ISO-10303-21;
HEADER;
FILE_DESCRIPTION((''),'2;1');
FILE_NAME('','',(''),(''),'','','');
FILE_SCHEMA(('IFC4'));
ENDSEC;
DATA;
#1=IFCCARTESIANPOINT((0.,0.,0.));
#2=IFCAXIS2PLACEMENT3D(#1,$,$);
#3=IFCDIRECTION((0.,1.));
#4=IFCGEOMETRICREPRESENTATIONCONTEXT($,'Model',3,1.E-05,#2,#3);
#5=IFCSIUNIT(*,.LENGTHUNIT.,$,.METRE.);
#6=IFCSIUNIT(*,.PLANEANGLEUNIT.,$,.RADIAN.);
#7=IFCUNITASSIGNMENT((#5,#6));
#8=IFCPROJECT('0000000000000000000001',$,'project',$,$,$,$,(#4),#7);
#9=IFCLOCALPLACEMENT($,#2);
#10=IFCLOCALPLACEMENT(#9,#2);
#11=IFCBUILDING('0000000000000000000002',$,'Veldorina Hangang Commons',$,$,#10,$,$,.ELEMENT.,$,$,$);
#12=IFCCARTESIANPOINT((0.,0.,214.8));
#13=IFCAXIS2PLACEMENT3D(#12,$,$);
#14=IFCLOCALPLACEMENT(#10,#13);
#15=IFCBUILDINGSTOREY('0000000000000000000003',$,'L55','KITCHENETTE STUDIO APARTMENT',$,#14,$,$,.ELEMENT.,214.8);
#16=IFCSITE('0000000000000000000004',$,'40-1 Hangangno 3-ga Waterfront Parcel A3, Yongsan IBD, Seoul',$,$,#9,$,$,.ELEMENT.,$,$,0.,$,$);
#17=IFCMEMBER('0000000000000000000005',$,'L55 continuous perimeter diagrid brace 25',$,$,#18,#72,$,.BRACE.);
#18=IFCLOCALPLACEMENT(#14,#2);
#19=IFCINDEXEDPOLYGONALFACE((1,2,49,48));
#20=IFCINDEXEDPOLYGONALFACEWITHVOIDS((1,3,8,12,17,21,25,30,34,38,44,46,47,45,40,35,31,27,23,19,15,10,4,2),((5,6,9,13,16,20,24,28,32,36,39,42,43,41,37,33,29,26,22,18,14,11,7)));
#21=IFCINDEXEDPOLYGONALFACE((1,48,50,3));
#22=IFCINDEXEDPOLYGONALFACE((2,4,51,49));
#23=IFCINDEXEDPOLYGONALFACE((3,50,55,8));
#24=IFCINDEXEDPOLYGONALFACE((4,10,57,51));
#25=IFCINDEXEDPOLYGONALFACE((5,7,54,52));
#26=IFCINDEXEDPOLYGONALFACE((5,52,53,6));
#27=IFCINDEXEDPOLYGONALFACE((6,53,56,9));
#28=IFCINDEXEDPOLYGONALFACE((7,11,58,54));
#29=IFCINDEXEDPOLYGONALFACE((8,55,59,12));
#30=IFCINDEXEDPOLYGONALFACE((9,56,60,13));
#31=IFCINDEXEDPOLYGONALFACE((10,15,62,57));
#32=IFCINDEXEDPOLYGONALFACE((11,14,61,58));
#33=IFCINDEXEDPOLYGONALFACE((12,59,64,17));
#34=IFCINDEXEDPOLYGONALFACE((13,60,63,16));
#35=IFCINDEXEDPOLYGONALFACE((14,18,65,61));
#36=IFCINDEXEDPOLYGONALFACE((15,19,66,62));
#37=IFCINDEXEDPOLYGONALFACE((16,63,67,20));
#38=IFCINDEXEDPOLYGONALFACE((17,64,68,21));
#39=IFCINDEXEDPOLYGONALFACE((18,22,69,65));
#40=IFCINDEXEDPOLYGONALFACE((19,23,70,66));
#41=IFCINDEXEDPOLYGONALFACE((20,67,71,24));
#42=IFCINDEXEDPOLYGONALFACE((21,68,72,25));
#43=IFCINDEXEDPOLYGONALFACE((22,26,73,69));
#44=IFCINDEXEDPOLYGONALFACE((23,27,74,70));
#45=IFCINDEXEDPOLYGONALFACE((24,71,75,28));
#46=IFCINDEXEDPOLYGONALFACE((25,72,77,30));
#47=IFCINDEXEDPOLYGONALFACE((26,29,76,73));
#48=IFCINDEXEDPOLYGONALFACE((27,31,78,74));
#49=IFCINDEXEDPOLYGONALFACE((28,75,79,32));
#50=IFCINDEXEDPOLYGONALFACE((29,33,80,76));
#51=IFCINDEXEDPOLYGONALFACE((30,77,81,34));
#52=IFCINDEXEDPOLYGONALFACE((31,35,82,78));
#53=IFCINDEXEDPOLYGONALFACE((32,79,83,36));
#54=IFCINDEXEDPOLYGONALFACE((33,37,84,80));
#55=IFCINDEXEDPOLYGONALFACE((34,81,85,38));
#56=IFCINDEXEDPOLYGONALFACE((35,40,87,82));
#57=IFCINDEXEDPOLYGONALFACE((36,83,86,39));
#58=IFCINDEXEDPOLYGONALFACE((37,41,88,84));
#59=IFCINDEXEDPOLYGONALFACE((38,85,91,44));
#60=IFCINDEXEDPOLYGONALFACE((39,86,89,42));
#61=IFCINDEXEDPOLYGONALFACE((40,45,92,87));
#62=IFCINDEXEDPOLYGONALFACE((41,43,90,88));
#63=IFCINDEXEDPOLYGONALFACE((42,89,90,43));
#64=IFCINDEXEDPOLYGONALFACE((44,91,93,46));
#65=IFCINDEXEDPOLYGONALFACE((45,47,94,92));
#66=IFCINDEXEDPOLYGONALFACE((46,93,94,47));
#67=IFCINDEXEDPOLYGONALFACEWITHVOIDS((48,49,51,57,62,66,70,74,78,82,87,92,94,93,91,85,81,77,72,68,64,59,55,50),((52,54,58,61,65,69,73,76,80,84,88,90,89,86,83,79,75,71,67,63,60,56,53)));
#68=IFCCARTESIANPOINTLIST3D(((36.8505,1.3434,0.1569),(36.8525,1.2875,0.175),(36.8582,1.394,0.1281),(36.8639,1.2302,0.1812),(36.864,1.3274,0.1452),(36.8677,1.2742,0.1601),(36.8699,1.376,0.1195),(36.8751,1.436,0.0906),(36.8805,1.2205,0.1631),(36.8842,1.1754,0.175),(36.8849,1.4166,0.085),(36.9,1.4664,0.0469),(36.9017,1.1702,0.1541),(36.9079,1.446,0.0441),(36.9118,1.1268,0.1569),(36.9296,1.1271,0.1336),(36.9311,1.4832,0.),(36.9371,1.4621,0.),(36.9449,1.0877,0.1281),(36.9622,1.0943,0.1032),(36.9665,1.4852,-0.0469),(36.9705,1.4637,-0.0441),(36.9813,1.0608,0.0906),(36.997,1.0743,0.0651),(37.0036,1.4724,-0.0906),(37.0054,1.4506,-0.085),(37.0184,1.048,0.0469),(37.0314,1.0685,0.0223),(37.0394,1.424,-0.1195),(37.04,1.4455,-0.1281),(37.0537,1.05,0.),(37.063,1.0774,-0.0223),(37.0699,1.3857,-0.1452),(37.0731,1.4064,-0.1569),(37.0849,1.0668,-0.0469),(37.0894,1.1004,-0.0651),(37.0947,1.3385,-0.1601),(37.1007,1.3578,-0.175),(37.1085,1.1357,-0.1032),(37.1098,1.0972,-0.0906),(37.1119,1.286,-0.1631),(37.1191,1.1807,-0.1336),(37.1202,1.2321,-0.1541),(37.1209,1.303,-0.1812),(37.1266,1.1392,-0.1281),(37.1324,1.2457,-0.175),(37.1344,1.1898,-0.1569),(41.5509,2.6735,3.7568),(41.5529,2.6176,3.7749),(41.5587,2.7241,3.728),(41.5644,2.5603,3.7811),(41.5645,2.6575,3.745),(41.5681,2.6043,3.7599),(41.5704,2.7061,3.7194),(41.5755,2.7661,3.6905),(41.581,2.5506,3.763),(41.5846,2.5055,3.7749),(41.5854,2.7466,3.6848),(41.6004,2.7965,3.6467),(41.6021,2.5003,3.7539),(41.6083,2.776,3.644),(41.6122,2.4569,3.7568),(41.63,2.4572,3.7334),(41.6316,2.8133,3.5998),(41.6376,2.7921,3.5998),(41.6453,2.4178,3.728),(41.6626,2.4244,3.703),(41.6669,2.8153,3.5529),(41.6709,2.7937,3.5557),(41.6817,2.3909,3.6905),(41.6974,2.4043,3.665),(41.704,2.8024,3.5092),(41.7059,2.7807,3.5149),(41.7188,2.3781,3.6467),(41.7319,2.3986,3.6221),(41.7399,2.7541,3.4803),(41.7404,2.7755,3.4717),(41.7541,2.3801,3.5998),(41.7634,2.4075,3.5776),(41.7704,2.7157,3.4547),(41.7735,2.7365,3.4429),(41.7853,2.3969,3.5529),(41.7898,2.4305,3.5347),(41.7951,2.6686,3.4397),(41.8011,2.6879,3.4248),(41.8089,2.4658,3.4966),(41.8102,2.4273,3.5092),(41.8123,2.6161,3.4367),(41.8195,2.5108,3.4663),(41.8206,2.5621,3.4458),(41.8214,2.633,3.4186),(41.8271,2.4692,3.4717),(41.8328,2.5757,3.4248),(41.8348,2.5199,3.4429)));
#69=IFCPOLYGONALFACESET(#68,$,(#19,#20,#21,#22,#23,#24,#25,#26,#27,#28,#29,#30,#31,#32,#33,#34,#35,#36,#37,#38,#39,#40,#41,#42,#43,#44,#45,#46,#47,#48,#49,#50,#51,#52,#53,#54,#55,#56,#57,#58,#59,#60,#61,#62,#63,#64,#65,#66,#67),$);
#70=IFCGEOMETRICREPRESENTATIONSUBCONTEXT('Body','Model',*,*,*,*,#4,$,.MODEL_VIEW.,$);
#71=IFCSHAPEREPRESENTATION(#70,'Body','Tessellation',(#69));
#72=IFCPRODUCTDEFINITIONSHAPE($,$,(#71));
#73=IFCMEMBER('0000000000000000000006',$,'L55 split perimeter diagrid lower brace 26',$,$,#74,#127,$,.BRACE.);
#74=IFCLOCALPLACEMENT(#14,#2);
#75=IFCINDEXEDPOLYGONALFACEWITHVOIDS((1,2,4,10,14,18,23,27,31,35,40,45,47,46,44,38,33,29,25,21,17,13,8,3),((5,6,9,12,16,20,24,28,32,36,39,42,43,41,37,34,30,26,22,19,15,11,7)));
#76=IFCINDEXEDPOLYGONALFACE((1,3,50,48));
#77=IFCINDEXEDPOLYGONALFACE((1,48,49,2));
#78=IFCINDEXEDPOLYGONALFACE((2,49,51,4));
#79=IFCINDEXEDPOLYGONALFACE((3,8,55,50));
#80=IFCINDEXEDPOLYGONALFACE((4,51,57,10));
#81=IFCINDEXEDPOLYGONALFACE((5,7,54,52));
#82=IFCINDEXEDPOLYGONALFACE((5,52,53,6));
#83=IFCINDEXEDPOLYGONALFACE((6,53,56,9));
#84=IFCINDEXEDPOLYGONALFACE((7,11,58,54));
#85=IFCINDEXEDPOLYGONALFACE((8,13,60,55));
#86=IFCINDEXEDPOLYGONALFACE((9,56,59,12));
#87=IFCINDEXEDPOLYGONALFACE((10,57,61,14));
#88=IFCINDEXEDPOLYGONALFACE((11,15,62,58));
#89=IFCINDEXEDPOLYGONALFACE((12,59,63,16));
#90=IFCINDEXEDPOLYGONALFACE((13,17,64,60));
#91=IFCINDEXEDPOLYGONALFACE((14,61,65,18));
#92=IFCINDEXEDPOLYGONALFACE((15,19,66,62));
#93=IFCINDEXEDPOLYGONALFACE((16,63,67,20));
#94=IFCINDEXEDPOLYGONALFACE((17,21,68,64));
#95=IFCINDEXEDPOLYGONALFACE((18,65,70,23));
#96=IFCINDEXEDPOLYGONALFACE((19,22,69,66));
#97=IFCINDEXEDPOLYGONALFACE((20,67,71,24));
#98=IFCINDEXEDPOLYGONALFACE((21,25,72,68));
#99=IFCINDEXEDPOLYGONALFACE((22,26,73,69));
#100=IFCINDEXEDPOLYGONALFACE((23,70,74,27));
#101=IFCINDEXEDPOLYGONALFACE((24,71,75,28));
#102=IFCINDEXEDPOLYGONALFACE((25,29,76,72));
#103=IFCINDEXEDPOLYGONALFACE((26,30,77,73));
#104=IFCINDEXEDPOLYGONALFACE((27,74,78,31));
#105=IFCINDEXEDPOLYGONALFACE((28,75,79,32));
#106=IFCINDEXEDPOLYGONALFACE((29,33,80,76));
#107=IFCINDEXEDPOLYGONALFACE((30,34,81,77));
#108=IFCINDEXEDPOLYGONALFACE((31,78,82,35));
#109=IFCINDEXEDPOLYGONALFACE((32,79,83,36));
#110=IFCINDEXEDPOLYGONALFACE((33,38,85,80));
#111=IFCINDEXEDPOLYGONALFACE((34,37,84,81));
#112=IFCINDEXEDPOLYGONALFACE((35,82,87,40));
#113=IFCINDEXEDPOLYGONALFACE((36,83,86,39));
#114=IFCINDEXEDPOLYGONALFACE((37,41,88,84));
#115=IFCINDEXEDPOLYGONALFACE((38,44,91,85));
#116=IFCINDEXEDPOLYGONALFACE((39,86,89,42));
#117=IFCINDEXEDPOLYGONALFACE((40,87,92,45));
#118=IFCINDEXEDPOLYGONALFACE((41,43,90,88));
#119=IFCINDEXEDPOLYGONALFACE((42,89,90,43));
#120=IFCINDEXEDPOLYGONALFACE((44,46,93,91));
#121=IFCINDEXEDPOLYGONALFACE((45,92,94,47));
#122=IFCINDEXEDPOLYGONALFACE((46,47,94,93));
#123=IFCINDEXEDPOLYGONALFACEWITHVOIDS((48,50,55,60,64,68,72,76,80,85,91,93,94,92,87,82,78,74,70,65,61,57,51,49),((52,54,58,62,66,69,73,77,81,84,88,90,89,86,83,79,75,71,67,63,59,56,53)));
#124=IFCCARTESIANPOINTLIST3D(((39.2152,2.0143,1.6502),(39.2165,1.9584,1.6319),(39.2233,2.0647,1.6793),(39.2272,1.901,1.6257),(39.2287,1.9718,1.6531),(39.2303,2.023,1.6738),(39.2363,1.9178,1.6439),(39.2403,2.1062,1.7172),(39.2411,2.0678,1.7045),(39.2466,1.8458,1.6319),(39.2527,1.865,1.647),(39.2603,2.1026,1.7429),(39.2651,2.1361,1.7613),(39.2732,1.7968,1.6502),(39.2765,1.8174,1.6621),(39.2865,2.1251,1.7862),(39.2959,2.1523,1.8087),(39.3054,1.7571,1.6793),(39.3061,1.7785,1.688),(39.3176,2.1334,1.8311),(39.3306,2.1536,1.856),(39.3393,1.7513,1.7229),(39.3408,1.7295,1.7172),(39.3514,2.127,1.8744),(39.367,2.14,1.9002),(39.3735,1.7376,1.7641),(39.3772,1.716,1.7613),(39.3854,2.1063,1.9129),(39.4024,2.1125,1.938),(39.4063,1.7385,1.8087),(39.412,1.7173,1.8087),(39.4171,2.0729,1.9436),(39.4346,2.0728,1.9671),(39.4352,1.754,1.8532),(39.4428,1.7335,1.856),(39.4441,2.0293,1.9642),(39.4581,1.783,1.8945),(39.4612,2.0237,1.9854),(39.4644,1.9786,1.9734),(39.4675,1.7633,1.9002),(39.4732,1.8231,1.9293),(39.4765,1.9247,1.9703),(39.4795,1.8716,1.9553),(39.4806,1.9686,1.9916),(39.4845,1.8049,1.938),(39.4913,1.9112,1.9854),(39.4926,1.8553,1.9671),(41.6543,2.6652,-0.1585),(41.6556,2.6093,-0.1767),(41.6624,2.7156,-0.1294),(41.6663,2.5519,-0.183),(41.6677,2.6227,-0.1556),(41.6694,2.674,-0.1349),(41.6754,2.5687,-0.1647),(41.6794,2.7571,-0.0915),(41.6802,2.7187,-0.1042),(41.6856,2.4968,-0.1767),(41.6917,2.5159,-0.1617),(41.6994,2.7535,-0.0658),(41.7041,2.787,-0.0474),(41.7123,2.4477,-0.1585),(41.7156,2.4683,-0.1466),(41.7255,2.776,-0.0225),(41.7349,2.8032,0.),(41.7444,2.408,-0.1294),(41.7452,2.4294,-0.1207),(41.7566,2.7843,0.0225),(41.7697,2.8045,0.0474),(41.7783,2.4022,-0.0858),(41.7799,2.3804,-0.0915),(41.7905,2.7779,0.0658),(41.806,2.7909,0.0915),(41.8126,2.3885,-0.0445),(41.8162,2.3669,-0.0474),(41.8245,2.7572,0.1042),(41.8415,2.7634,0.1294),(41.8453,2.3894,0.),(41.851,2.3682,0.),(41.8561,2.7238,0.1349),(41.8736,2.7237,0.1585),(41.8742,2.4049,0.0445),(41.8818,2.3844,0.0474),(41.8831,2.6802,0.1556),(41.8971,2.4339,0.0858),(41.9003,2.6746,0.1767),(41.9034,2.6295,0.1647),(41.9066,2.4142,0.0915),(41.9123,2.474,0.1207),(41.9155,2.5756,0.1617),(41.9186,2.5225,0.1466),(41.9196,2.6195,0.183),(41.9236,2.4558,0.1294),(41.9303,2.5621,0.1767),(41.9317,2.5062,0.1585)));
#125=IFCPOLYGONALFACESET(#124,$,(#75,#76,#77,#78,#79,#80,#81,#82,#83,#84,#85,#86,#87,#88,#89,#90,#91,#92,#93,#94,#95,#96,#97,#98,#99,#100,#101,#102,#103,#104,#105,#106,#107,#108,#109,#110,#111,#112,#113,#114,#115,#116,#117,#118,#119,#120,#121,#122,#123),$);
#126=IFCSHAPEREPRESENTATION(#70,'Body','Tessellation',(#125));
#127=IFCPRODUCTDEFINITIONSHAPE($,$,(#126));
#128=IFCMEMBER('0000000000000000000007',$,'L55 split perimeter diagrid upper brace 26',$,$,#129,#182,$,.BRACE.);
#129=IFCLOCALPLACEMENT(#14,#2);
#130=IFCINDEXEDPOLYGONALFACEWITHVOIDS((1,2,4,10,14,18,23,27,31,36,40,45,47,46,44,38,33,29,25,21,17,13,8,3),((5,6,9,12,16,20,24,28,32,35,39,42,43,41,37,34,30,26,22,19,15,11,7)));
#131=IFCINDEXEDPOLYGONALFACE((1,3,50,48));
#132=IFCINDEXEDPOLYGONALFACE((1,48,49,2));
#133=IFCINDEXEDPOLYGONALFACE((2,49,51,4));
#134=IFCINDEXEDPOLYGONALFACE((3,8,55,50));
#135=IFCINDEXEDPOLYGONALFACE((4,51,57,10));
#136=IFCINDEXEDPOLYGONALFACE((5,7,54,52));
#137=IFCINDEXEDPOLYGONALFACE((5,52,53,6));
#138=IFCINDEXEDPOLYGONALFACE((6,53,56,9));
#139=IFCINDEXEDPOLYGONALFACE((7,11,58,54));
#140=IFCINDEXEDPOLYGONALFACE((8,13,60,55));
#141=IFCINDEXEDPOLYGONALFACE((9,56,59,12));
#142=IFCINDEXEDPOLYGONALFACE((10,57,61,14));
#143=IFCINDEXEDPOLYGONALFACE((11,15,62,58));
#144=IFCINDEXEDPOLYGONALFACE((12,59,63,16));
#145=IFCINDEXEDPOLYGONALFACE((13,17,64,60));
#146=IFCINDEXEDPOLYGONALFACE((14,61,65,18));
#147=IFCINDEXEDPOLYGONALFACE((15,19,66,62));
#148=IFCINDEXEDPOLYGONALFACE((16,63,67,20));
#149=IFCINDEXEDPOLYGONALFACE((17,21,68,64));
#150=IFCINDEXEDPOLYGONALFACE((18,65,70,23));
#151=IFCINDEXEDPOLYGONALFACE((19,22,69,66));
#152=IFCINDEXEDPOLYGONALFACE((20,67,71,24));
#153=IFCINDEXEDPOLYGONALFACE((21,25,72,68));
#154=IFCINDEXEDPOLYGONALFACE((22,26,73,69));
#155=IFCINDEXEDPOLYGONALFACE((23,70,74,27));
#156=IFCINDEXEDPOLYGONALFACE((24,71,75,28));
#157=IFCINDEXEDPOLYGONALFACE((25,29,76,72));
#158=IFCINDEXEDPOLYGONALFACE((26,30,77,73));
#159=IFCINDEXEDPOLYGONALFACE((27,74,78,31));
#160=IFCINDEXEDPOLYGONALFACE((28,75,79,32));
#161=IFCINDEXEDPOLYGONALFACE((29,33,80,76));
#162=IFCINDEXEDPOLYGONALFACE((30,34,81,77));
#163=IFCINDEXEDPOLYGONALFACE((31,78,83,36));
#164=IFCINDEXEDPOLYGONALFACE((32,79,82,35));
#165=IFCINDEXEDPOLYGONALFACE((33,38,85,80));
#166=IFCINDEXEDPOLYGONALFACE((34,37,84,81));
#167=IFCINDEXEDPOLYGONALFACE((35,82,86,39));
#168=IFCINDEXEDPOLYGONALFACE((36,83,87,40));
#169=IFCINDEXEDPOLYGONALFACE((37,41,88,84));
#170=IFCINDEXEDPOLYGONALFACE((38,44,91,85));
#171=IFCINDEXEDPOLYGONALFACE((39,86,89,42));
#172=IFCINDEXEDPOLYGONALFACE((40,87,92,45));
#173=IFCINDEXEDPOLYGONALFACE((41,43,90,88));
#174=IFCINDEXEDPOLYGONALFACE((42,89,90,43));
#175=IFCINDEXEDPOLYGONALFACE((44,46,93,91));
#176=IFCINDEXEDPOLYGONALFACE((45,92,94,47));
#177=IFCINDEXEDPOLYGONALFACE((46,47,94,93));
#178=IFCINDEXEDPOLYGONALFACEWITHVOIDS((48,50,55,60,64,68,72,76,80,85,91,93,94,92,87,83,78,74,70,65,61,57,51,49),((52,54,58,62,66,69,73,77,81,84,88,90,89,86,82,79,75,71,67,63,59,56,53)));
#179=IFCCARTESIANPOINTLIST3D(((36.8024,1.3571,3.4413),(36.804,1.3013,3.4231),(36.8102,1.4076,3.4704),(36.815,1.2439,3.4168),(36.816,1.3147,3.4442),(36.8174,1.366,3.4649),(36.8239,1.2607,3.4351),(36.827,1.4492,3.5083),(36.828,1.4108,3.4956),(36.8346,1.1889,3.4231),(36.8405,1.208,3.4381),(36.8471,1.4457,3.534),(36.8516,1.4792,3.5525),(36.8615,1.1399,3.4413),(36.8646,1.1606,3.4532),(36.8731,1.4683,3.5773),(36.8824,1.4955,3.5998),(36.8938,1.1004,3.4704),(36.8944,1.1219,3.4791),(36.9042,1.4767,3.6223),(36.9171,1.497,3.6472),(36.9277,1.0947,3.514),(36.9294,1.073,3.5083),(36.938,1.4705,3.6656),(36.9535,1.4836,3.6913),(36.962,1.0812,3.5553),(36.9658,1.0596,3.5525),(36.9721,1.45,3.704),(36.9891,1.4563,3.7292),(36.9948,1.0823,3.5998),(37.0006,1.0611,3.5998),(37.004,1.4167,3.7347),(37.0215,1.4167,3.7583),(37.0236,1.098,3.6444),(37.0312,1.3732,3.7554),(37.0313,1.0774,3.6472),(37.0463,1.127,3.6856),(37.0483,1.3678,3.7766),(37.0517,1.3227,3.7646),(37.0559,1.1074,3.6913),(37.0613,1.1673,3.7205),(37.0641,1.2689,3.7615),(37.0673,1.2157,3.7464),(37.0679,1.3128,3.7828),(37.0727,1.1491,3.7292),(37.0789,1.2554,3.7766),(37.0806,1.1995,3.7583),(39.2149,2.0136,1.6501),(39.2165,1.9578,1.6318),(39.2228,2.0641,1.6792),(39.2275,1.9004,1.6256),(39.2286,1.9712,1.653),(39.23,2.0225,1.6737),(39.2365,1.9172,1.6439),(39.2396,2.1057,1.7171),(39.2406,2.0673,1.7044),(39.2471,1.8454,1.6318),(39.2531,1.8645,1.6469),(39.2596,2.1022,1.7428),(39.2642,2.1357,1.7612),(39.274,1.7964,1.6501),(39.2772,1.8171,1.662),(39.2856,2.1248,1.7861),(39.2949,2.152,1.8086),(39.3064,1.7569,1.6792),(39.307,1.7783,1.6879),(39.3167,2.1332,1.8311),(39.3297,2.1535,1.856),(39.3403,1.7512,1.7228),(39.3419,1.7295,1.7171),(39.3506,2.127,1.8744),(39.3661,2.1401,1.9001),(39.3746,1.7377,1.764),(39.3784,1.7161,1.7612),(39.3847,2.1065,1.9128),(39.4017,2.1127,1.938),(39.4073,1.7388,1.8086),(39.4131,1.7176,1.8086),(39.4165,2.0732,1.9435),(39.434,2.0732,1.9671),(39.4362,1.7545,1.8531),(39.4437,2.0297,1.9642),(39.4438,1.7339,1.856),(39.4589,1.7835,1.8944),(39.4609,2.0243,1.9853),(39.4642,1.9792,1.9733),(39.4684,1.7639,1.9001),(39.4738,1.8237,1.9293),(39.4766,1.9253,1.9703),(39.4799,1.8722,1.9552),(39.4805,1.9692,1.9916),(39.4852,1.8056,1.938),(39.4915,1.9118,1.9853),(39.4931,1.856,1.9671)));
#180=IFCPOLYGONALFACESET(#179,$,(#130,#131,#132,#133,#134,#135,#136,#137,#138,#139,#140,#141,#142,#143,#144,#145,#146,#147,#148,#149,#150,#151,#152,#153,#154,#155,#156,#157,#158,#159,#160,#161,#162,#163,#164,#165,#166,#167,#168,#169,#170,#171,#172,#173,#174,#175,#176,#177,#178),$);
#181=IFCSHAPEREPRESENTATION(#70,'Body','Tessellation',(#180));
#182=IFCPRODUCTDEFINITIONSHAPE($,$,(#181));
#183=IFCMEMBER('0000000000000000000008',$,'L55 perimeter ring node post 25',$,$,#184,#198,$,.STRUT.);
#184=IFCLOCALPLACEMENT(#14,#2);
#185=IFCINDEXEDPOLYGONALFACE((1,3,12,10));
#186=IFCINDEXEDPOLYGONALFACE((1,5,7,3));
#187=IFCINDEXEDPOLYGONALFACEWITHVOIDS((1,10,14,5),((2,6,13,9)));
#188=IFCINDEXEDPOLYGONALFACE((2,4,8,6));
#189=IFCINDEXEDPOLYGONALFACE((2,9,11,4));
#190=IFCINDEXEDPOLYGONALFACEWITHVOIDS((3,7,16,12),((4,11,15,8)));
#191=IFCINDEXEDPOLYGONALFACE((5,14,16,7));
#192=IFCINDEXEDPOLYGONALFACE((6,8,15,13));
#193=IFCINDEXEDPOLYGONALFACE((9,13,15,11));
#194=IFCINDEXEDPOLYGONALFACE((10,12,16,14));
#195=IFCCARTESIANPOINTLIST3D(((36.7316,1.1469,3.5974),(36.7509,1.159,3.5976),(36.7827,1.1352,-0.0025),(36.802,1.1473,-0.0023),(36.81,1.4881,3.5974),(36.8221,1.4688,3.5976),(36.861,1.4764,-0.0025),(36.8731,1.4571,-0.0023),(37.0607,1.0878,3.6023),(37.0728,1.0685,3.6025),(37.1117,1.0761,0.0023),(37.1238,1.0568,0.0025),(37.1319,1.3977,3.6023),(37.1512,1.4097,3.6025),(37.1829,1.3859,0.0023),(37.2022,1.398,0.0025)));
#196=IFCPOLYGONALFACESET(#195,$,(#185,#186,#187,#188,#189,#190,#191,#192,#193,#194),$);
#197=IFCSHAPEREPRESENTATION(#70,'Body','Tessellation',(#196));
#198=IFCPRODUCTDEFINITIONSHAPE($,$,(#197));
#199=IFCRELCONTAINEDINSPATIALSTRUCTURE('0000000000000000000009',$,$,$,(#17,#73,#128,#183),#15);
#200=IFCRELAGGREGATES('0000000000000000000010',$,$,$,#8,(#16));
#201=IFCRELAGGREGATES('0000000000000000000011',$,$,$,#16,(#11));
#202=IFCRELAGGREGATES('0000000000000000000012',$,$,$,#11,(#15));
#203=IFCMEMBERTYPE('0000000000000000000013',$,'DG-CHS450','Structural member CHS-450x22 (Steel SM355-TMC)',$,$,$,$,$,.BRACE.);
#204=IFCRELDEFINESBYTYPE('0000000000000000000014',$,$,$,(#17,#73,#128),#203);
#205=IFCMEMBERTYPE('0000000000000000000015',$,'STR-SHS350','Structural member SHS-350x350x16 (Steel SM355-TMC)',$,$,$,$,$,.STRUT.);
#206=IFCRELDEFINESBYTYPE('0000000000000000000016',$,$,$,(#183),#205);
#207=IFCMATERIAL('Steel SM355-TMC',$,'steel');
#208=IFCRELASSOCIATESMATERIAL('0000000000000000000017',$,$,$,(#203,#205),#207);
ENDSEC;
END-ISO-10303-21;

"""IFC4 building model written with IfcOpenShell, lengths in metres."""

from ifc_helpers import new_model, si_unit, direction, frame, origin, origin_2d, place, context, subcontext, project, spatial, hollow_rectangle, hollow_circle, extrude, material, material_profile, profile_set, type_object, element, save


model = new_model("IFC4")

# Units and contexts
model_context = context("Model", 3, precision=1e-05, world=origin(), true_north=direction((0.0, 1.0)))
body_context = subcontext(model_context, "Body", "Model", "MODEL_VIEW")
ifc_project = project(units=[si_unit("LENGTHUNIT", "METRE"), si_unit("PLANEANGLEUNIT", "RADIAN")], contexts=[model_context])

# Site, building, storey
site_placement = place(None, origin())
site = spatial("IfcSite", under=ifc_project, at=site_placement, Name="40-1 Hangangno 3-ga Waterfront Parcel A3, Yongsan IBD, Seoul", CompositionType="ELEMENT", RefElevation=0.0)
building_placement = place(site_placement, origin())
building = spatial("IfcBuilding", under=site, at=building_placement, Name="Veldorina Hangang Commons", CompositionType="ELEMENT")
storey_placement = place(building_placement, frame((0.0, 0.0, 214.8)))
storey = spatial("IfcBuildingStorey", under=building, at=storey_placement, Name="L55", Description="KITCHENETTE STUDIO APARTMENT", CompositionType="ELEMENT", Elevation=214.8)

# Shared definitions
ifc_material_1 = material(Name="Steel SM355-TMC", Category="steel")

# Members
ifc_material_profile_1 = material_profile(ifc_material_1, hollow_circle(Radius=0.2251, WallThickness=0.022, at=origin_2d()), Name="CHS-450x22")
ifc_profile_set_1 = profile_set([ifc_material_profile_1], Name="Steel SM355-TMC")
member_type_1 = type_object("IfcMemberType", Name="DG-CHS450", Description="Structural member CHS-450x22 (Steel SM355-TMC)", PredefinedType="BRACE", material=ifc_profile_set_1)
member_1_placement = place(storey_placement, frame((36.9924, 1.2666, 0.0), z_axis=(0.774611, 0.219191, 0.593239), x_axis=(-0.272278, 0.962219, 0.0)))
element("IfcMember", 1, at=member_1_placement, inside=storey, type_object=member_type_1, Name="L55 continuous perimeter diagrid brace 25", PredefinedType="BRACE", context=body_context, shape_type="SweptSolid", body=[
    extrude(hollow_circle(Radius=0.2251, WallThickness=0.022, at=origin_2d()), origin(), (0.0, 0.0, 1.0), 6.0681),
])
member_2_placement = place(storey_placement, frame((41.793, 2.5857, 0.0), z_axis=(-0.785407, -0.209599, 0.582412), x_axis=(0.257843, -0.966187, 0.0)))
element("IfcMember", 2, at=member_2_placement, inside=storey, type_object=member_type_1, Name="L55 split perimeter diagrid lower brace 26", PredefinedType="BRACE", context=body_context, shape_type="SweptSolid", body=[
    extrude(hollow_circle(Radius=0.2251, WallThickness=0.022, at=origin_2d()), origin(), (0.0, 0.0, 1.0), 3.1055),
])
member_3_placement = place(storey_placement, frame((39.354, 1.9348, 1.8086), z_axis=(-0.784394, -0.213442, 0.582382), x_axis=(0.262564, -0.964915, 0.0)))
element("IfcMember", 3, at=member_3_placement, inside=storey, type_object=member_type_1, Name="L55 split perimeter diagrid upper brace 26", PredefinedType="BRACE", context=body_context, shape_type="SweptSolid", body=[
    extrude(hollow_circle(Radius=0.2251, WallThickness=0.022, at=origin_2d()), origin(), (0.0, 0.0, 1.0), 3.0757),
])
ifc_material_profile_2 = material_profile(ifc_material_1, hollow_rectangle(XDim=0.3501, YDim=0.3501, WallThickness=0.0161, at=origin_2d()), Name="SHS-350x350x16")
ifc_profile_set_2 = profile_set([ifc_material_profile_2], Name="Steel SM355-TMC")
member_type_2 = type_object("IfcMemberType", Name="STR-SHS350", Description="Structural member SHS-350x350x16 (Steel SM355-TMC)", PredefinedType="STRUT", material=ifc_profile_set_2)
member_4_placement = place(storey_placement, frame((36.9924, 1.2666, 0.0), z_axis=(-0.014173, 0.003255, 0.999894), x_axis=(-0.223838, -0.974626, 0.0)))
element("IfcMember", 4, at=member_4_placement, inside=storey, type_object=member_type_2, Name="L55 perimeter ring node post 25", PredefinedType="STRUT", context=body_context, shape_type="SweptSolid", body=[
    extrude(hollow_rectangle(XDim=0.3501, YDim=0.3501, WallThickness=0.0161, at=origin_2d()), origin(), (0.0, 0.0, 1.0), 3.6003),
])

save(model, "model.ifc")
